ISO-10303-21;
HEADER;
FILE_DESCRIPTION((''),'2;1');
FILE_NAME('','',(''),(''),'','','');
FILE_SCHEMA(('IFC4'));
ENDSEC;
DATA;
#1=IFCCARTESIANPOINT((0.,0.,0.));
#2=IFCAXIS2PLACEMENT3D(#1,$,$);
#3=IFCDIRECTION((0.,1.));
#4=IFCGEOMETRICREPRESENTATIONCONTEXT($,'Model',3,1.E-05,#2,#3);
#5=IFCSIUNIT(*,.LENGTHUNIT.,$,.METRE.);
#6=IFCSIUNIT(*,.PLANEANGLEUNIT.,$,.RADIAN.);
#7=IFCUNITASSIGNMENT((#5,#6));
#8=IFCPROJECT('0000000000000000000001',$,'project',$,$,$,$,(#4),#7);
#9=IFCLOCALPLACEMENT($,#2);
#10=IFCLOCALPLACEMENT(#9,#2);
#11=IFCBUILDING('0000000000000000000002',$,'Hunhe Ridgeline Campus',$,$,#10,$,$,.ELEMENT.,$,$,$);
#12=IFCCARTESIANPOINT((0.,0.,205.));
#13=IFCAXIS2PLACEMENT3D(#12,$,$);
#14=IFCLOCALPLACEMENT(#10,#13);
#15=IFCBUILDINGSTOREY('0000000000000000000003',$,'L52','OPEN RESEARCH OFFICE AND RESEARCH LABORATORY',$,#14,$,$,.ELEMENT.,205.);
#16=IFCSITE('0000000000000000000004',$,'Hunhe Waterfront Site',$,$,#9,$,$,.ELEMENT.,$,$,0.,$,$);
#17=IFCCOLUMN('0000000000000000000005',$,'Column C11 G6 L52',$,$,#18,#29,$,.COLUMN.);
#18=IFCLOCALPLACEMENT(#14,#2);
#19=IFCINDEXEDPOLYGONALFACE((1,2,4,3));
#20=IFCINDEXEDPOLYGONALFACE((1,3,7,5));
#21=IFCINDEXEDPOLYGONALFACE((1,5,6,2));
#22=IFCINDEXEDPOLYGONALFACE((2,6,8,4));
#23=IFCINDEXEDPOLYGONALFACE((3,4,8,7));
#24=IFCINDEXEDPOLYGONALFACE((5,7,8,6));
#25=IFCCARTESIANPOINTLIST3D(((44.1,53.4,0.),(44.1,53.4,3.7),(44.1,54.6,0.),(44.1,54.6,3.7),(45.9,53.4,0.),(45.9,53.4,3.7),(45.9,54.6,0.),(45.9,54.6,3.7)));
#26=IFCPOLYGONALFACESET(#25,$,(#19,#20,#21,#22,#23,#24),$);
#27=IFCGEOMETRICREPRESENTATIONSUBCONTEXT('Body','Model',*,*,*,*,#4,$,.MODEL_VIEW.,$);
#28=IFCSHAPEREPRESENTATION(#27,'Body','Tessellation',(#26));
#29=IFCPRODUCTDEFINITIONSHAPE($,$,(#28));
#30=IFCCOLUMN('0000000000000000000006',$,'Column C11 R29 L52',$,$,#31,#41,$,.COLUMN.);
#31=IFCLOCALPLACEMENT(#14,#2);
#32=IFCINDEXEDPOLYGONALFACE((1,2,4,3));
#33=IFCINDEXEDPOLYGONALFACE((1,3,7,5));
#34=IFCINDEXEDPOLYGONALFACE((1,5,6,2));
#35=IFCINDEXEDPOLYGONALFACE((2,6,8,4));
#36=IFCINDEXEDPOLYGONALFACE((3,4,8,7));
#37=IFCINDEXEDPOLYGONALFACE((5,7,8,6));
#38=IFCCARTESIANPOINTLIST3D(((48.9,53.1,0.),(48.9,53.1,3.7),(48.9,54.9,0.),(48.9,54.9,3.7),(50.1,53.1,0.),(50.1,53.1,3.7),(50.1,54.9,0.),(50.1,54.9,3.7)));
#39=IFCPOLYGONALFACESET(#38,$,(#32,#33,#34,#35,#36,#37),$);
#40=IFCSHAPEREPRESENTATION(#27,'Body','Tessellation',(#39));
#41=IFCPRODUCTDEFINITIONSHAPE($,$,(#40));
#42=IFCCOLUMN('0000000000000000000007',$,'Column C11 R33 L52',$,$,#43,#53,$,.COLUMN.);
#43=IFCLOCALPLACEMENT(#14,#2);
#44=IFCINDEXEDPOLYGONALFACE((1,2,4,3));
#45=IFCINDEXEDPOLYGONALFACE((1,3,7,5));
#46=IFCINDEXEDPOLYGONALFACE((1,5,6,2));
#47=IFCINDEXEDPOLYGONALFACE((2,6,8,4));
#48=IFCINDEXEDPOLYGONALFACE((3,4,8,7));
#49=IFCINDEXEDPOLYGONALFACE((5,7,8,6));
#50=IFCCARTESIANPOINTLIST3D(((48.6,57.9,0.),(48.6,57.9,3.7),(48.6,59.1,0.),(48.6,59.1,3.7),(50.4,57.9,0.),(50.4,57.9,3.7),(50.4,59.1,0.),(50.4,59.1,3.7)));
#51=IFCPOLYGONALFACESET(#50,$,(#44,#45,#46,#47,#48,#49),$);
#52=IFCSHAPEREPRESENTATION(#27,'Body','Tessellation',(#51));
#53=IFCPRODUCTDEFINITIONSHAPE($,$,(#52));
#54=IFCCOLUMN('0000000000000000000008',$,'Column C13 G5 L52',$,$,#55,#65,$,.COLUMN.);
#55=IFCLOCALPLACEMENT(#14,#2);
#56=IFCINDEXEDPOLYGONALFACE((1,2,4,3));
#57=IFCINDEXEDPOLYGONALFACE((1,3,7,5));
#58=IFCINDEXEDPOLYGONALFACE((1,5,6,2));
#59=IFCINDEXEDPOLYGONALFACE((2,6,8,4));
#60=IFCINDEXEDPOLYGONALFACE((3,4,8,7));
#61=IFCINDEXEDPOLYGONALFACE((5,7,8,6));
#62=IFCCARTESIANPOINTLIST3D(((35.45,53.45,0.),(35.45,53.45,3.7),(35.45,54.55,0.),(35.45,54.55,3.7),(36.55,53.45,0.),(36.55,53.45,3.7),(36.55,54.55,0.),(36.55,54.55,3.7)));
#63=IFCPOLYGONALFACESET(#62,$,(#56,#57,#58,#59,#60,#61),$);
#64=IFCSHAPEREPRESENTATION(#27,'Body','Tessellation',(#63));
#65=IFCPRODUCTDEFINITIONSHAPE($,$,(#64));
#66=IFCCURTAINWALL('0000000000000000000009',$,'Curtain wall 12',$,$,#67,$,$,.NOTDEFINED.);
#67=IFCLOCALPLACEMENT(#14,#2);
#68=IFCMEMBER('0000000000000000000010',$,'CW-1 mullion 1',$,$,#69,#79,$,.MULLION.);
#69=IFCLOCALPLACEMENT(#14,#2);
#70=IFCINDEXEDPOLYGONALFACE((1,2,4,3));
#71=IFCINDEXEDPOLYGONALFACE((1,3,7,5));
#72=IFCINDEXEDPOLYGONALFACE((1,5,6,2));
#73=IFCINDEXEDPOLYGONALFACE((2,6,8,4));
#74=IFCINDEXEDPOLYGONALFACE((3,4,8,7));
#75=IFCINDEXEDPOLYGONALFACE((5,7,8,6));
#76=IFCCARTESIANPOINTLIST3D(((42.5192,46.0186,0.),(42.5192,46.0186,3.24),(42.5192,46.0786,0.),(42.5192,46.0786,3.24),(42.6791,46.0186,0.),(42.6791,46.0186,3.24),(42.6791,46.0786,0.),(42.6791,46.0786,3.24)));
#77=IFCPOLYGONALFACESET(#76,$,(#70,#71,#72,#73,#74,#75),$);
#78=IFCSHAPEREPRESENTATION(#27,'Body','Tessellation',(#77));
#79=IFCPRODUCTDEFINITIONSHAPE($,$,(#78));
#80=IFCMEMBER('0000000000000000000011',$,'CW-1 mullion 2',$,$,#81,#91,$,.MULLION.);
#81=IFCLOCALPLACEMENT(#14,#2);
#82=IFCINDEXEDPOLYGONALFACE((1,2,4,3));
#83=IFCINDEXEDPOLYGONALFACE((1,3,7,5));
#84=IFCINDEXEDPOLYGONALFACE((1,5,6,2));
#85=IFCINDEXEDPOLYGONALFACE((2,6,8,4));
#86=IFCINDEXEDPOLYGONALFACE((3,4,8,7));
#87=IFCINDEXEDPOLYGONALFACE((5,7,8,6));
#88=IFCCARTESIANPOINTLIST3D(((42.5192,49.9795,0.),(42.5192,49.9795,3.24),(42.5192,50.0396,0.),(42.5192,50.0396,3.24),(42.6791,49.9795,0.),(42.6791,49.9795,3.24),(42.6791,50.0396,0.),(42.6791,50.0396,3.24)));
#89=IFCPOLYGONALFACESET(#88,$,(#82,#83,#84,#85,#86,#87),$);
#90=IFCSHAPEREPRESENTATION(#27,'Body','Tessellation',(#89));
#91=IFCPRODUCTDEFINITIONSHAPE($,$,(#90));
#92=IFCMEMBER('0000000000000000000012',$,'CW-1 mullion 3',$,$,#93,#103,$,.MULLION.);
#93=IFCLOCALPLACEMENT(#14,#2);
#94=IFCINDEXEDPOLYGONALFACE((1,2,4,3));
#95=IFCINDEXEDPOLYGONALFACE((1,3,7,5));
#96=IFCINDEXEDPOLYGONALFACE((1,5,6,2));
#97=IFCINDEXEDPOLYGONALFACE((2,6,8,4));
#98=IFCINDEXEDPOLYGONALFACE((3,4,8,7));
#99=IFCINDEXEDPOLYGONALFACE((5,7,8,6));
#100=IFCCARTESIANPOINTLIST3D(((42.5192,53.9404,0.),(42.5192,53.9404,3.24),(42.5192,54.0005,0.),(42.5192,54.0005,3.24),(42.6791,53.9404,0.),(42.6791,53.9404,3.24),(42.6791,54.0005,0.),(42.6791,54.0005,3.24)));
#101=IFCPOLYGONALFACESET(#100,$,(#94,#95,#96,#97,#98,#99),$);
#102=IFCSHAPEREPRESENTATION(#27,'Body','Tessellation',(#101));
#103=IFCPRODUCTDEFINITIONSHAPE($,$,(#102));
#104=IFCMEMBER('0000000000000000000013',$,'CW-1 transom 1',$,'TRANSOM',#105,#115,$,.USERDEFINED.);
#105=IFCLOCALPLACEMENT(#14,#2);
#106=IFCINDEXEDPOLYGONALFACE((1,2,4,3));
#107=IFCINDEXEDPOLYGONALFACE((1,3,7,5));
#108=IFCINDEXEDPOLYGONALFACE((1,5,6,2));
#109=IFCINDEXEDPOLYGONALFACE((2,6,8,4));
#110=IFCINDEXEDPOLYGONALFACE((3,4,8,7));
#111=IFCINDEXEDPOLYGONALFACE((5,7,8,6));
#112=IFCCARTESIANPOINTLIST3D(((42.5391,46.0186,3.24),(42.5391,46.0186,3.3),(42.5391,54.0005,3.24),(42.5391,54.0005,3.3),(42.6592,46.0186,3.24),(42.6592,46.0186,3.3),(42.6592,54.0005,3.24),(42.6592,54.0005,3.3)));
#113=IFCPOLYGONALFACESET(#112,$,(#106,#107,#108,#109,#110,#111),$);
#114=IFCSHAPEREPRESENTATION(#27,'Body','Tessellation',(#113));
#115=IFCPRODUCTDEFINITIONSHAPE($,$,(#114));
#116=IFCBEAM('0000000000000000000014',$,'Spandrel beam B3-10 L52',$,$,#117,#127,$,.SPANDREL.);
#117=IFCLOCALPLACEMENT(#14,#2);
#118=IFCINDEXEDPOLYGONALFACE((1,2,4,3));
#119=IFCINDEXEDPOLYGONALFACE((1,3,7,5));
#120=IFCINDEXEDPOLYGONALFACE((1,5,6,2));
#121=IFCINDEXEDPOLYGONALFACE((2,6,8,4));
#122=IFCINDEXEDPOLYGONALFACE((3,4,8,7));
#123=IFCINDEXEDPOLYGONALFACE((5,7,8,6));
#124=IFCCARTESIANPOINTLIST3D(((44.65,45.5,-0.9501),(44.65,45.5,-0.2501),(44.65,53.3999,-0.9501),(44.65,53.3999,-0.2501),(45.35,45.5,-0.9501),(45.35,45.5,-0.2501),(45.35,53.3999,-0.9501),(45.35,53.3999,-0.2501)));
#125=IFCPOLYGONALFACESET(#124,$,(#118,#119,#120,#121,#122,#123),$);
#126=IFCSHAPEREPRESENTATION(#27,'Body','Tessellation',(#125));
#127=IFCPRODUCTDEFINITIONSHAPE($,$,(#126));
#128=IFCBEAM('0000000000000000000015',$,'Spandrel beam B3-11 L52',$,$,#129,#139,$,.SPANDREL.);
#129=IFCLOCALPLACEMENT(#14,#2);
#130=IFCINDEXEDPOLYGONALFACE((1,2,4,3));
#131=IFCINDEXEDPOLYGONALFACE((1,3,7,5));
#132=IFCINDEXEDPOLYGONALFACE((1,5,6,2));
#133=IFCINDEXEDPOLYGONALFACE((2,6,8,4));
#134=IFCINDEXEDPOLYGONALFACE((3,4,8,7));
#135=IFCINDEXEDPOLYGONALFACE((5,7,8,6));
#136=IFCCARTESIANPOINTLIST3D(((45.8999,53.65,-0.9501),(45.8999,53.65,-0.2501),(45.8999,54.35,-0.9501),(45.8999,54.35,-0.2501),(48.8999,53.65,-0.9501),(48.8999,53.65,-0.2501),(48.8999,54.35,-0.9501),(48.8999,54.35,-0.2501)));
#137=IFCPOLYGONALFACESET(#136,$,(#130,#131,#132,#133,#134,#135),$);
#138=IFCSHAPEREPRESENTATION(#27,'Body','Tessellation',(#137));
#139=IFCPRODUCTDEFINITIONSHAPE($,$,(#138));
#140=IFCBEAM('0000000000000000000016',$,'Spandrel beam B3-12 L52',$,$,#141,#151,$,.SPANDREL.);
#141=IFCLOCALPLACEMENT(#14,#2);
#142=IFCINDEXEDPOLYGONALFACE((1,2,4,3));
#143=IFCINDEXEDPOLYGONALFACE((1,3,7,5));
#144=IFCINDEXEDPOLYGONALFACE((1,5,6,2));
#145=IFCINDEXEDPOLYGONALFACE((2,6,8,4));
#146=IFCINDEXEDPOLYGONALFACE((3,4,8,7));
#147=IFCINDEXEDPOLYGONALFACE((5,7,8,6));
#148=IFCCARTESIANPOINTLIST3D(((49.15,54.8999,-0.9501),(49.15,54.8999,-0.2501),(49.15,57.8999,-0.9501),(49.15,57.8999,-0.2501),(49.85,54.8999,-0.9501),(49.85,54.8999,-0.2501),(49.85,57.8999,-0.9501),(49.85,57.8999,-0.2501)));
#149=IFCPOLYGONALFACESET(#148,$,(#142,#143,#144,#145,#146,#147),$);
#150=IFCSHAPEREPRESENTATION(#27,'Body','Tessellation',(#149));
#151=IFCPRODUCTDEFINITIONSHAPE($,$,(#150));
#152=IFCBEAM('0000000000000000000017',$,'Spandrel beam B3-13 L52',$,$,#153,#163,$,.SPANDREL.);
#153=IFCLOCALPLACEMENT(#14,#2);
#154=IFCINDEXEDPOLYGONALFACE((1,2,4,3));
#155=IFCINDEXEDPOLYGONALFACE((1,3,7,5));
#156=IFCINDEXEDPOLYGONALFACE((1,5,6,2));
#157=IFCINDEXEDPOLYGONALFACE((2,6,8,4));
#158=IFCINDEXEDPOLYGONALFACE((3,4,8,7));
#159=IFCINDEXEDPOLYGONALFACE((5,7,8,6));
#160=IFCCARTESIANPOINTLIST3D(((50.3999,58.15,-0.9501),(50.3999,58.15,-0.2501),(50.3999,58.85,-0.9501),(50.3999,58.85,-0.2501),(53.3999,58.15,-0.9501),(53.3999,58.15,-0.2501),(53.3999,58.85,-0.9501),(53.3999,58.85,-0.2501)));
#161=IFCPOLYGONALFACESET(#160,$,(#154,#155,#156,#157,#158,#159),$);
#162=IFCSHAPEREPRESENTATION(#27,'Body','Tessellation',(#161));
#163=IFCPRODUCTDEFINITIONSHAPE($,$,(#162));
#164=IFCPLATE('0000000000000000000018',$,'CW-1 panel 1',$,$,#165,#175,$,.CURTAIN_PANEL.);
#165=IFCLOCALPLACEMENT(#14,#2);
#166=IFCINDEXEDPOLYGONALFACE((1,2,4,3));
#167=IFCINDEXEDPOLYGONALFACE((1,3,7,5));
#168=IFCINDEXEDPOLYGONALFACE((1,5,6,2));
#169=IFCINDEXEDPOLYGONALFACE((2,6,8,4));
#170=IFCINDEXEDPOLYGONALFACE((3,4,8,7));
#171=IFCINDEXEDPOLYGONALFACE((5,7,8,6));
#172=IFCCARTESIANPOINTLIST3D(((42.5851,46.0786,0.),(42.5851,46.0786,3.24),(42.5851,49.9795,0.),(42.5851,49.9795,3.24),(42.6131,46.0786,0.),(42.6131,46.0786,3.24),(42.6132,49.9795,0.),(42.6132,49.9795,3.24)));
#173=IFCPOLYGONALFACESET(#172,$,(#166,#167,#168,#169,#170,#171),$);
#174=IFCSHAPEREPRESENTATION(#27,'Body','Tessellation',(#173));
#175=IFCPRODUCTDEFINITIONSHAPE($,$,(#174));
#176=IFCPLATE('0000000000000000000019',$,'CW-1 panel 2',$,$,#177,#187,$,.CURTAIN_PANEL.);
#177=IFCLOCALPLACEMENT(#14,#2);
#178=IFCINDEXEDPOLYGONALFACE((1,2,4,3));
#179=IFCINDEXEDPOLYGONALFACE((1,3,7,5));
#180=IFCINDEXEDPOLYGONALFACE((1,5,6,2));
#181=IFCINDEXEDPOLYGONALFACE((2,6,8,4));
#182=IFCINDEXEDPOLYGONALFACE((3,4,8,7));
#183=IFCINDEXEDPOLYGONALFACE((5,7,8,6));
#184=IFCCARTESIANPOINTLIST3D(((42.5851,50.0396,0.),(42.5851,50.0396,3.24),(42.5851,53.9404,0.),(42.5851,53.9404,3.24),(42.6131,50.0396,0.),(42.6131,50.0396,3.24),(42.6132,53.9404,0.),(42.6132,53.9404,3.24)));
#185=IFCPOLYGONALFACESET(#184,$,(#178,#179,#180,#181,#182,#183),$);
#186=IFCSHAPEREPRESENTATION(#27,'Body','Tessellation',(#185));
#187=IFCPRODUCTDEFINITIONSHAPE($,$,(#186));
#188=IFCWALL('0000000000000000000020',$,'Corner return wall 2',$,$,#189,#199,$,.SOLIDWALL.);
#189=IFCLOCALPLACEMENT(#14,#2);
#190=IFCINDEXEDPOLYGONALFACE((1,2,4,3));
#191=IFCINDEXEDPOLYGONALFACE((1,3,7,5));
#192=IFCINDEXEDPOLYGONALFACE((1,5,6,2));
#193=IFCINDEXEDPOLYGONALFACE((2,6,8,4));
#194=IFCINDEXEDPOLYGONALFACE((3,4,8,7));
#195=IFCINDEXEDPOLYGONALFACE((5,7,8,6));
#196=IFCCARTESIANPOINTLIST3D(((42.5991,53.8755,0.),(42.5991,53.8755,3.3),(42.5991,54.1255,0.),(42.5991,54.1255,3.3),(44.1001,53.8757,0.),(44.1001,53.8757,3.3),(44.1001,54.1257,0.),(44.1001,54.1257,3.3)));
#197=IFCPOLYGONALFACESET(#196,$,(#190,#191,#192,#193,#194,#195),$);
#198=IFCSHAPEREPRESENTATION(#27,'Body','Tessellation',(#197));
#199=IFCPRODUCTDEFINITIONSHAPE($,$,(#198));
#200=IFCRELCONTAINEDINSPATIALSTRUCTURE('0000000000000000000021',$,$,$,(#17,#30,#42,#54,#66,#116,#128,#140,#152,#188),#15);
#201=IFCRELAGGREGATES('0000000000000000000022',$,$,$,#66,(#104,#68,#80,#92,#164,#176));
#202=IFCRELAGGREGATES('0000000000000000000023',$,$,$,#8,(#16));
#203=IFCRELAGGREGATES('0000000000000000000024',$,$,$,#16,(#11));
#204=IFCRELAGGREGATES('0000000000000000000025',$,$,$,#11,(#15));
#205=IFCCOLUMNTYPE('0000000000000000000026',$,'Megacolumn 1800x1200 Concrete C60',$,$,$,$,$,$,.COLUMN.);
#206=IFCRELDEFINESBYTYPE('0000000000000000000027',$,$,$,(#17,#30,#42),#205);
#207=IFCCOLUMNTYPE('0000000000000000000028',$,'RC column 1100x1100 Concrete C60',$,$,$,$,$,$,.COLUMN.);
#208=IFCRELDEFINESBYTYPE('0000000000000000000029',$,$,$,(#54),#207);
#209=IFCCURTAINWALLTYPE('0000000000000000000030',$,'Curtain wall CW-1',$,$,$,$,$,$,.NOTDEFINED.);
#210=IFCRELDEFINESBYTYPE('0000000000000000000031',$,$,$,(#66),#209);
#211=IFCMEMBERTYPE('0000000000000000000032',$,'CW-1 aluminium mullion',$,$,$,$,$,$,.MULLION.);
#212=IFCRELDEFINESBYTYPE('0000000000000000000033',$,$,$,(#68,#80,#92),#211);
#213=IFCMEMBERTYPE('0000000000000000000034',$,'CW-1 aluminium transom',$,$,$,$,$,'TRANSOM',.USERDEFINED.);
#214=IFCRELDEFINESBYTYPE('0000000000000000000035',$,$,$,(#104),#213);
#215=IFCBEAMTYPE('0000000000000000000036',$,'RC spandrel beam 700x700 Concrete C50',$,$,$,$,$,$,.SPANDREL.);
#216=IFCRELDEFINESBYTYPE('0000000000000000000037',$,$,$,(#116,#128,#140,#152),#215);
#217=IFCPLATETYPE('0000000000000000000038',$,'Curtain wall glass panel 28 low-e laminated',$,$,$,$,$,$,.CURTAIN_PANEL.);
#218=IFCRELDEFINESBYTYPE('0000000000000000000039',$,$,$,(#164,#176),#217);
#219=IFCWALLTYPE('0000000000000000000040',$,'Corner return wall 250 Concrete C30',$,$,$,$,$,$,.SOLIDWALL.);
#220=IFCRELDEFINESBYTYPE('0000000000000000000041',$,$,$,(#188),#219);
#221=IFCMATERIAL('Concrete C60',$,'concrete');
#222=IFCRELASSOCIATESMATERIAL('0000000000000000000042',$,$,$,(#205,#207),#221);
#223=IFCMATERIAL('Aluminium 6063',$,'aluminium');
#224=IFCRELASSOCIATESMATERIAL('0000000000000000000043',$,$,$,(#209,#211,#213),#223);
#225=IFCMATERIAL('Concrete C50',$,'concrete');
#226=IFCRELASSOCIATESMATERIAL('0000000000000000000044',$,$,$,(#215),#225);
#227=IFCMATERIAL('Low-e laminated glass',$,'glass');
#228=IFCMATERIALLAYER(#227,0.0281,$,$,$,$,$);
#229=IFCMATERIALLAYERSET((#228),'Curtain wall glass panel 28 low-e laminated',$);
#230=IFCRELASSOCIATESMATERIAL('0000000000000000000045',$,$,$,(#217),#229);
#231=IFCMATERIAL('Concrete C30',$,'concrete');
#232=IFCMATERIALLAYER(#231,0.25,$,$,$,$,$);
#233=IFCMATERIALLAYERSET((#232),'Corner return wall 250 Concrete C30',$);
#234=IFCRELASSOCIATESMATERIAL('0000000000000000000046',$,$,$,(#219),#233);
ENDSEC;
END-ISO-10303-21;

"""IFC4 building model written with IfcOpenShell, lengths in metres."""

from ifc_helpers import new_model, si_unit, direction, frame, frame_2d, origin, origin_2d, place, context, subcontext, project, spatial, rectangle, extrude, material, layer, layer_set, material_profile, profile_set, type_object, element, aggregate, save


model = new_model("IFC4")

# Units and contexts
model_context = context("Model", 3, precision=1e-05, world=origin(), true_north=direction((0.0, 1.0)))
body_context = subcontext(model_context, "Body", "Model", "MODEL_VIEW")
ifc_project = project(units=[si_unit("LENGTHUNIT", "METRE"), si_unit("PLANEANGLEUNIT", "RADIAN")], contexts=[model_context])

# Site, building, storey
site_placement = place(None, origin())
site = spatial("IfcSite", under=ifc_project, at=site_placement, Name="Hunhe Waterfront Site", CompositionType="ELEMENT", RefElevation=0.0)
building_placement = place(site_placement, origin())
building = spatial("IfcBuilding", under=site, at=building_placement, Name="Hunhe Ridgeline Campus", CompositionType="ELEMENT")
storey_placement = place(building_placement, frame((0.0, 0.0, 205.0)))
storey = spatial("IfcBuildingStorey", under=building, at=storey_placement, Name="L52", Description="OPEN RESEARCH OFFICE AND RESEARCH LABORATORY", CompositionType="ELEMENT", Elevation=205.0)

# Columns
ifc_material_1 = material(Name="Concrete C60", Category="concrete")
ifc_material_profile_1 = material_profile(ifc_material_1, rectangle(XDim=1.8, YDim=1.2, at=origin_2d()))
ifc_profile_set_1 = profile_set([ifc_material_profile_1], Name="Concrete C60")
column_type_1 = type_object("IfcColumnType", Name="Megacolumn 1800x1200 Concrete C60", PredefinedType="COLUMN", material=ifc_profile_set_1)
for number, where, z_axis, x_axis, name in (
    (1, (45.0, 54.0, 0.0), (0.0, 0.0, 1.0), (1.0, 0.0, 0.0), "Column C11 G6 L52"),
    (2, (49.5, 54.0, 0.0), (0.0, 0.0, 1.0), (0.0, 1.0, 0.0), "Column C11 R29 L52"),
    (3, (49.5, 58.5, 0.0), (0.0, 0.0, 1.0), (1.0, 0.0, 0.0), "Column C11 R33 L52"),
):
    element("IfcColumn", number, at=place(storey_placement, frame(where, z_axis=z_axis, x_axis=x_axis)), inside=storey, type_object=column_type_1, Name=name, PredefinedType="COLUMN", context=body_context, shape_type="SweptSolid", body=[
        extrude(rectangle(XDim=1.8, YDim=1.2, at=origin_2d()), origin(), (0.0, 0.0, 1.0), 3.7),
    ])
ifc_material_profile_2 = material_profile(ifc_material_1, rectangle(XDim=1.1001, YDim=1.1001, at=origin_2d()))
ifc_profile_set_2 = profile_set([ifc_material_profile_2], Name="Concrete C60")
column_type_2 = type_object("IfcColumnType", Name="RC column 1100x1100 Concrete C60", PredefinedType="COLUMN", material=ifc_profile_set_2)
column_placement = place(storey_placement, frame((36.0, 54.0, 0.0), z_axis=(0.0, 0.0, 1.0), x_axis=(1.0, 0.0, 0.0)))
element("IfcColumn", 4, at=column_placement, inside=storey, type_object=column_type_2, Name="Column C13 G5 L52", PredefinedType="COLUMN", context=body_context, shape_type="SweptSolid", body=[
    extrude(rectangle(XDim=1.1001, YDim=1.1001, at=origin_2d()), origin(), (0.0, 0.0, 1.0), 3.7),
])

# Curtain wall, members
ifc_material_2 = material(Name="Aluminium 6063", Category="aluminium")
curtain_wall_type = type_object("IfcCurtainWallType", Name="Curtain wall CW-1", PredefinedType="NOTDEFINED", material=ifc_material_2)
curtain_wall_placement = place(storey_placement, origin())
curtain_wall = element("IfcCurtainWall", 5, at=curtain_wall_placement, inside=storey, type_object=curtain_wall_type, Name="Curtain wall 12", PredefinedType="NOTDEFINED")
ifc_material_profile_3 = material_profile(ifc_material_2, rectangle(XDim=0.1599, YDim=0.0601, at=origin_2d()))
ifc_profile_set_3 = profile_set([ifc_material_profile_3], Name="Aluminium 6063")
member_type_1 = type_object("IfcMemberType", Name="CW-1 aluminium mullion", PredefinedType="MULLION", material=ifc_profile_set_3)
member_1_placement = place(storey_placement, frame((42.5991, 46.0486, 0.0), z_axis=(0.0, 0.0, 1.0), x_axis=(-1.0, 0.000007, 0.0)))
member_1 = element("IfcMember", 6, at=member_1_placement, type_object=member_type_1, Name="CW-1 mullion 1", PredefinedType="MULLION", context=body_context, shape_type="SweptSolid", body=[
    extrude(rectangle(XDim=0.1599, YDim=0.0601, at=origin_2d()), origin(), (0.0, 0.0, 1.0), 3.24),
])
member_2_placement = place(storey_placement, frame((42.5991, 50.0095, 0.0), z_axis=(0.0, 0.0, 1.0), x_axis=(-1.0, 0.000007, 0.0)))
member_2 = element("IfcMember", 7, at=member_2_placement, type_object=member_type_1, Name="CW-1 mullion 2", PredefinedType="MULLION", context=body_context, shape_type="SweptSolid", body=[
    extrude(rectangle(XDim=0.1599, YDim=0.0601, at=origin_2d()), origin(), (0.0, 0.0, 1.0), 3.24),
])
member_3_placement = place(storey_placement, frame((42.5991, 53.9705, 0.0), z_axis=(0.0, 0.0, 1.0), x_axis=(-1.0, 0.000007, 0.0)))
member_3 = element("IfcMember", 8, at=member_3_placement, type_object=member_type_1, Name="CW-1 mullion 3", PredefinedType="MULLION", context=body_context, shape_type="SweptSolid", body=[
    extrude(rectangle(XDim=0.1599, YDim=0.0601, at=origin_2d()), origin(), (0.0, 0.0, 1.0), 3.24),
])
ifc_material_profile_4 = material_profile(ifc_material_2, rectangle(XDim=0.1201, YDim=0.0601, at=origin_2d()))
ifc_profile_set_4 = profile_set([ifc_material_profile_4], Name="Aluminium 6063")
member_type_2 = type_object("IfcMemberType", Name="CW-1 aluminium transom", ElementType="TRANSOM", PredefinedType="USERDEFINED", material=ifc_profile_set_4)
member_4_placement = place(storey_placement, frame((42.5991, 46.0186, 3.27), z_axis=(0.0, 1.0, 0.0), x_axis=(-1.0, 0.0, 0.0)))
member_4 = element("IfcMember", 9, at=member_4_placement, type_object=member_type_2, Name="CW-1 transom 1", ObjectType="TRANSOM", PredefinedType="USERDEFINED", context=body_context, shape_type="SweptSolid", body=[
    extrude(rectangle(XDim=0.1201, YDim=0.0601, at=origin_2d()), origin(), (0.0, 0.0, 1.0), 7.9819),
])

# Beams
ifc_material_3 = material(Name="Concrete C50", Category="concrete")
ifc_material_profile_5 = material_profile(ifc_material_3, rectangle(XDim=0.7, YDim=0.7, at=origin_2d()))
ifc_profile_set_5 = profile_set([ifc_material_profile_5], Name="Concrete C50")
beam_type = type_object("IfcBeamType", Name="RC spandrel beam 700x700 Concrete C50", PredefinedType="SPANDREL", material=ifc_profile_set_5)
beam_placement = place(storey_placement, frame((45.0, 45.5, -0.6001), z_axis=(0.0, 1.0, 0.0), x_axis=(-1.0, 0.0, 0.0)))
element("IfcBeam", 10, at=beam_placement, inside=storey, type_object=beam_type, Name="Spandrel beam B3-10 L52", PredefinedType="SPANDREL", context=body_context, shape_type="SweptSolid", body=[
    extrude(rectangle(XDim=0.7, YDim=0.7, at=origin_2d()), origin(), (0.0, 0.0, 1.0), 7.8999),
])
for number, where, z_axis, x_axis, name in (
    (11, (45.8999, 54.0, -0.6001), (1.0, 0.0, 0.0), (0.0, 1.0, 0.0), "Spandrel beam B3-11 L52"),
    (12, (49.5, 54.8999, -0.6001), (0.0, 1.0, 0.0), (-1.0, 0.0, 0.0), "Spandrel beam B3-12 L52"),
    (13, (50.3999, 58.5, -0.6001), (1.0, 0.0, 0.0), (0.0, 1.0, 0.0), "Spandrel beam B3-13 L52"),
):
    element("IfcBeam", number, at=place(storey_placement, frame(where, z_axis=z_axis, x_axis=x_axis)), inside=storey, type_object=beam_type, Name=name, PredefinedType="SPANDREL", context=body_context, shape_type="SweptSolid", body=[
        extrude(rectangle(XDim=0.7, YDim=0.7, at=origin_2d()), origin(), (0.0, 0.0, 1.0), 3.0),
    ])

# Plates
ifc_material_4 = material(Name="Low-e laminated glass", Category="glass")
ifc_layer_1 = layer(ifc_material_4, 0.0281)
ifc_layer_set_1 = layer_set([ifc_layer_1], Name="Curtain wall glass panel 28 low-e laminated")
plate_type = type_object("IfcPlateType", Name="Curtain wall glass panel 28 low-e laminated", PredefinedType="CURTAIN_PANEL", material=ifc_layer_set_1)
plate_1_placement = place(storey_placement, frame((42.5991, 48.0291, 0.0), z_axis=(0.0, 0.0, 1.0), x_axis=(0.000007, 1.0, 0.0)))
plate_1 = element("IfcPlate", 14, at=plate_1_placement, type_object=plate_type, Name="CW-1 panel 1", PredefinedType="CURTAIN_PANEL", context=body_context, shape_type="SweptSolid", body=[
    extrude(rectangle(XDim=3.9009, YDim=0.0281, at=origin_2d()), origin(), (0.0, 0.0, 1.0), 3.24),
])
plate_2_placement = place(storey_placement, frame((42.5991, 51.99, 0.0), z_axis=(0.0, 0.0, 1.0), x_axis=(0.000007, 1.0, 0.0)))
plate_2 = element("IfcPlate", 15, at=plate_2_placement, type_object=plate_type, Name="CW-1 panel 2", PredefinedType="CURTAIN_PANEL", context=body_context, shape_type="SweptSolid", body=[
    extrude(rectangle(XDim=3.9009, YDim=0.0281, at=origin_2d()), origin(), (0.0, 0.0, 1.0), 3.24),
])
aggregate(curtain_wall, [member_4, member_1, member_2, member_3, plate_1, plate_2])

# Wall
ifc_material_5 = material(Name="Concrete C30", Category="concrete")
ifc_layer_2 = layer(ifc_material_5, 0.25)
ifc_layer_set_2 = layer_set([ifc_layer_2], Name="Corner return wall 250 Concrete C30")
wall_type_1 = type_object("IfcWallType", Name="Corner return wall 250 Concrete C30", PredefinedType="SOLIDWALL", material=ifc_layer_set_2)
wall_1_placement = place(storey_placement, frame((42.5991, 54.0005, 0.0), z_axis=(0.0, 0.0, 1.0), x_axis=(1.0, 0.000163, 0.0)))
element("IfcWall", 16, at=wall_1_placement, inside=storey, type_object=wall_type_1, Name="Corner return wall 2", PredefinedType="SOLIDWALL", context=body_context, shape_type="SweptSolid", body=[
    extrude(rectangle(XDim=1.501, YDim=0.25, at=frame_2d((0.7505, 0.0))), origin(), (0.0, 0.0, 1.0), 3.3),
])

save(model, "model.ifc")
